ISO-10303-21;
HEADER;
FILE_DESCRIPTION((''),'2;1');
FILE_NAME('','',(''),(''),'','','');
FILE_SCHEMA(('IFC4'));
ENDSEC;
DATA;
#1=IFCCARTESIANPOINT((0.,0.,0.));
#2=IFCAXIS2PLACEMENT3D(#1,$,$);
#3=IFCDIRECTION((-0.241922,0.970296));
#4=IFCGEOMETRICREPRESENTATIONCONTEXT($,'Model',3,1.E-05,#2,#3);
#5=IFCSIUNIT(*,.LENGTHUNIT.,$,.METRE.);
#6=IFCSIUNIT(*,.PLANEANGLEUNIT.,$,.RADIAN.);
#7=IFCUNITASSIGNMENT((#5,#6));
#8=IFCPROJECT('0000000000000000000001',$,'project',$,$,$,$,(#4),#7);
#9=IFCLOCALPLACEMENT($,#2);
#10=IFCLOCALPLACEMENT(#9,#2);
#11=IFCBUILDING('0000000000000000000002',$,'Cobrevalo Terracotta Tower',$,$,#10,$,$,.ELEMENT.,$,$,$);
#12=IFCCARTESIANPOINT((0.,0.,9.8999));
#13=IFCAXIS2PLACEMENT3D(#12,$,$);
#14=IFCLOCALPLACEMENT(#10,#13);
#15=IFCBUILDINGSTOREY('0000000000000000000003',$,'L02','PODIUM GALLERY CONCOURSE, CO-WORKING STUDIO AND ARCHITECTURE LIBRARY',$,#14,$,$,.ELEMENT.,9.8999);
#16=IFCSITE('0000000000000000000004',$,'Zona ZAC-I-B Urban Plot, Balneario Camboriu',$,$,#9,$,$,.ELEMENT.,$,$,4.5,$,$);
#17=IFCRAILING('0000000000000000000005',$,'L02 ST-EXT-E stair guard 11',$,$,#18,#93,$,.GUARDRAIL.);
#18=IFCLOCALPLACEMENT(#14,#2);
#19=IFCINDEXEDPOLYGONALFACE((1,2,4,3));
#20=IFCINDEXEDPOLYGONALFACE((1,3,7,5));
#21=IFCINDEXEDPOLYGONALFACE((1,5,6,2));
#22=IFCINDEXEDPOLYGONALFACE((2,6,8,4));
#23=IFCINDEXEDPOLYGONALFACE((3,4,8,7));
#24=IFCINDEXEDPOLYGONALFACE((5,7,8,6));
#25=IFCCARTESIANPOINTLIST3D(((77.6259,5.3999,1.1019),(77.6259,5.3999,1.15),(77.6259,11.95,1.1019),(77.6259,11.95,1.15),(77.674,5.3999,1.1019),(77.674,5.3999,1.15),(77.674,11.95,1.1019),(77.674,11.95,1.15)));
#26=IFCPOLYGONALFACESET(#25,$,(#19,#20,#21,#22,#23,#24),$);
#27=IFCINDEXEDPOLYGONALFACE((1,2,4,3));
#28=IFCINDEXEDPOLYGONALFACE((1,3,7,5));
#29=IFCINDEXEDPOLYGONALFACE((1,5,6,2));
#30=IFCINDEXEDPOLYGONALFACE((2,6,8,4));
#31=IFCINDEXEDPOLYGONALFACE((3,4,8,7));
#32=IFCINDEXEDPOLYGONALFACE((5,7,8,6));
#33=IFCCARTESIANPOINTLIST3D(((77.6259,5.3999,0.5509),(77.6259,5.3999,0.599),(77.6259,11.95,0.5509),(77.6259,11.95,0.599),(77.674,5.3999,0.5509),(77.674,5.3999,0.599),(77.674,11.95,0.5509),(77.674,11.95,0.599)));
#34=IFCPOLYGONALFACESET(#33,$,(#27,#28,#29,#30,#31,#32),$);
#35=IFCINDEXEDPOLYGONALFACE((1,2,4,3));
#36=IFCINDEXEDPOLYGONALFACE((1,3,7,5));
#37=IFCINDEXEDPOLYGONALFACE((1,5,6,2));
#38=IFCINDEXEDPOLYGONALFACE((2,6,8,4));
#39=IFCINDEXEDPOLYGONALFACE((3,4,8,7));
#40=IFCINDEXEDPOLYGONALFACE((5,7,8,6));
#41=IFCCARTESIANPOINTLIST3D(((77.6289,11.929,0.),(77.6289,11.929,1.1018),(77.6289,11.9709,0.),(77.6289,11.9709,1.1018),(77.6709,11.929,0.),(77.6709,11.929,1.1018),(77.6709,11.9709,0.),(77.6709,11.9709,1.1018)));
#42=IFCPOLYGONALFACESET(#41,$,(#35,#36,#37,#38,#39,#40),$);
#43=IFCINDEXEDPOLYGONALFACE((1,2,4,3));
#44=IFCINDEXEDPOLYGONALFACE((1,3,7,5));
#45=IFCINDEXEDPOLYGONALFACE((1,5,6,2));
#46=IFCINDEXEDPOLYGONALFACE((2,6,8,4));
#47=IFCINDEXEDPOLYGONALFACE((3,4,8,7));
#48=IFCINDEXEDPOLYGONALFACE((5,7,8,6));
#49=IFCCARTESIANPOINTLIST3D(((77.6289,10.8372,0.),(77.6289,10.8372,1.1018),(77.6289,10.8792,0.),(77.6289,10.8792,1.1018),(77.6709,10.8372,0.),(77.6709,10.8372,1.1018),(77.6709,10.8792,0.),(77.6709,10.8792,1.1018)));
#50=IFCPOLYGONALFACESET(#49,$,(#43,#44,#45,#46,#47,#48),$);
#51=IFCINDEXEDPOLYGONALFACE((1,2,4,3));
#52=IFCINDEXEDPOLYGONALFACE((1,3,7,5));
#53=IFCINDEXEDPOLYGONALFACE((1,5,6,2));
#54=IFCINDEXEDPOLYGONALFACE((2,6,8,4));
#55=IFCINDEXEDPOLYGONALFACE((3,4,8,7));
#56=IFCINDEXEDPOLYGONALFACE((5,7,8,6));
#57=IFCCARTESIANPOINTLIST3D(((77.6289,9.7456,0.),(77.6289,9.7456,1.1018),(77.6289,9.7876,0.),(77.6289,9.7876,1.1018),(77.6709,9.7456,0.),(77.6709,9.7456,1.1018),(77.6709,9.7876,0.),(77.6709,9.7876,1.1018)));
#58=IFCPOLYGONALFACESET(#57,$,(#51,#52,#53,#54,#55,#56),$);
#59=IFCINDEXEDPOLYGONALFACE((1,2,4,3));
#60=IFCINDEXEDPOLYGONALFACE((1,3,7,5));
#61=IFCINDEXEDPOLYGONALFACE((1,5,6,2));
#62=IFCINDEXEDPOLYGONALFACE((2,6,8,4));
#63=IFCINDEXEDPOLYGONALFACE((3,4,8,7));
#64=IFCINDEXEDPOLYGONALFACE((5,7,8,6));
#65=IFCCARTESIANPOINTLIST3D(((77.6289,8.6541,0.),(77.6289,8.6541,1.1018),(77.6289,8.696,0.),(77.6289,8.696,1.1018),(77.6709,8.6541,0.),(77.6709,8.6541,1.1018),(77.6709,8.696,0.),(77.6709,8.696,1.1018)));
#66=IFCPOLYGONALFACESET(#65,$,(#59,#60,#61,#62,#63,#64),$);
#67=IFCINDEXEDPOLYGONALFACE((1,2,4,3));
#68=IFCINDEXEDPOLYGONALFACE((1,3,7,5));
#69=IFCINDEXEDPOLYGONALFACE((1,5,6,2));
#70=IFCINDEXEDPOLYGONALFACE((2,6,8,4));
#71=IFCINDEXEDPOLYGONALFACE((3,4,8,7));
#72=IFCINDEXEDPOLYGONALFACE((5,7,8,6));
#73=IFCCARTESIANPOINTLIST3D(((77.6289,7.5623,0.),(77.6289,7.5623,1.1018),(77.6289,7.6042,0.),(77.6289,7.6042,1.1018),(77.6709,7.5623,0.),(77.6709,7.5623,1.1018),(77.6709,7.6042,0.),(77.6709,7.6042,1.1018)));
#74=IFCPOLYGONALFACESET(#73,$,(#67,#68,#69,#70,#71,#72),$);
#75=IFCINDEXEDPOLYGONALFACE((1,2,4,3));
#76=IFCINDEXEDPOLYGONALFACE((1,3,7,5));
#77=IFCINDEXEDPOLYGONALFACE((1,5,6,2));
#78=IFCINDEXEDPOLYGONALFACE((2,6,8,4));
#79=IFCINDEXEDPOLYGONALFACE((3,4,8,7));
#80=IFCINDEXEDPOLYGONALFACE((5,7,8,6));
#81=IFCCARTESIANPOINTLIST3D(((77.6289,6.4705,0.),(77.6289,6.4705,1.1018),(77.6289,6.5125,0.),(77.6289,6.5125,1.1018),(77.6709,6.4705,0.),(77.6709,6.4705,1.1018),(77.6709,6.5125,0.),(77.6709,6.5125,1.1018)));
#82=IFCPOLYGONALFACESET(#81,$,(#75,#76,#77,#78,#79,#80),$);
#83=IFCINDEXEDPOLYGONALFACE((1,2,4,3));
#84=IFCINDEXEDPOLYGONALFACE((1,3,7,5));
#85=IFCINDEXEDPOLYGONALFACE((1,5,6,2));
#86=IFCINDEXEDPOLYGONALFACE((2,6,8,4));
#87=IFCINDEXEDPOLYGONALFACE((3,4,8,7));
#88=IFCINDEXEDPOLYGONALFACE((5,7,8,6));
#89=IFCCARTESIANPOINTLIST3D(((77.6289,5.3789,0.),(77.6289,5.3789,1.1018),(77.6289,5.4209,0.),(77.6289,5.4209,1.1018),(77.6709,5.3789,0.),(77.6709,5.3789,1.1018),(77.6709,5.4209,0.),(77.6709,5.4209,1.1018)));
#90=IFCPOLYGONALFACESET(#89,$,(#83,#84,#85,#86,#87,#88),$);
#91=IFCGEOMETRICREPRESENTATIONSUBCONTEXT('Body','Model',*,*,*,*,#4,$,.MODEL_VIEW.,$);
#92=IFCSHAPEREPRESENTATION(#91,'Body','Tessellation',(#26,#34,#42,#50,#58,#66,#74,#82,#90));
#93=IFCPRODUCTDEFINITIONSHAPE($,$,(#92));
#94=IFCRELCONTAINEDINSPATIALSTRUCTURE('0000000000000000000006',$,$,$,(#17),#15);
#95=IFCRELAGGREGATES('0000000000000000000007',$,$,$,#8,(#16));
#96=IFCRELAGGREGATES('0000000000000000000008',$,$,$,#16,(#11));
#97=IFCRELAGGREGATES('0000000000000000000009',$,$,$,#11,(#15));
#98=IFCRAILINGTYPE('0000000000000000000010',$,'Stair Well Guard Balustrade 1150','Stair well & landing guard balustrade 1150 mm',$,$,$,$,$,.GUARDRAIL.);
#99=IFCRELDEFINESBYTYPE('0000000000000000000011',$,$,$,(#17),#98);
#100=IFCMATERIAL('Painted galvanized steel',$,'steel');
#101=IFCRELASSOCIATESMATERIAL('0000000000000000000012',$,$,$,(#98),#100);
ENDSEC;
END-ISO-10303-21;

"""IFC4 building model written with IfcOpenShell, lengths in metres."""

from ifc_helpers import new_model, si_unit, direction, frame, origin, origin_2d, place, context, subcontext, project, spatial, rectangle, extrude, material, type_object, element, save


model = new_model("IFC4")

# Units and contexts
model_context = context("Model", 3, precision=1e-05, world=origin(), true_north=direction((-0.241922, 0.970296)))
body_context = subcontext(model_context, "Body", "Model", "MODEL_VIEW")
ifc_project = project(units=[si_unit("LENGTHUNIT", "METRE"), si_unit("PLANEANGLEUNIT", "RADIAN")], contexts=[model_context])

# Site, building, storey
site_placement = place(None, origin())
site = spatial("IfcSite", under=ifc_project, at=site_placement, Name="Zona ZAC-I-B Urban Plot, Balneario Camboriu", CompositionType="ELEMENT", RefElevation=4.5)
building_placement = place(site_placement, origin())
building = spatial("IfcBuilding", under=site, at=building_placement, Name="Cobrevalo Terracotta Tower", CompositionType="ELEMENT")
storey_placement = place(building_placement, frame((0.0, 0.0, 9.8999)))
storey = spatial("IfcBuildingStorey", under=building, at=storey_placement, Name="L02", Description="PODIUM GALLERY CONCOURSE, CO-WORKING STUDIO AND ARCHITECTURE LIBRARY", CompositionType="ELEMENT", Elevation=9.8999)

# Railing
ifc_material_1 = material(Name="Painted galvanized steel", Category="steel")
railing_type_1 = type_object("IfcRailingType", Name="Stair Well Guard Balustrade 1150", Description="Stair well & landing guard balustrade 1150 mm", PredefinedType="GUARDRAIL", material=ifc_material_1)
for number, where, name in (
    (1, (77.6499, 11.95, 0.0), "L02 ST-EXT-E stair guard 11"),
):
    element("IfcRailing", number, at=place(storey_placement, frame(where)), inside=storey, type_object=railing_type_1, Name=name, PredefinedType="GUARDRAIL", context=body_context, shape_type="SweptSolid", body=[
        extrude(rectangle(XDim=0.0481, YDim=0.0481, at=origin_2d()), frame((0.0, 0.0, 1.126), z_axis=(0.0, -1.0, 0.0), x_axis=(1.0, 0.0, 0.0)), (0.0, 0.0, 1.0), 6.55),
        extrude(rectangle(XDim=0.0481, YDim=0.0481, at=origin_2d()), frame((0.0, 0.0, 0.575), z_axis=(0.0, -1.0, 0.0), x_axis=(1.0, 0.0, 0.0)), (0.0, 0.0, 1.0), 6.55),
        extrude(rectangle(XDim=0.042, YDim=0.042, at=origin_2d()), origin(), (0.0, 0.0, 1.0), 1.1018),
        extrude(rectangle(XDim=0.042, YDim=0.042, at=origin_2d()), frame((0.0, -1.0918, 0.0)), (0.0, 0.0, 1.0), 1.1018),
        extrude(rectangle(XDim=0.042, YDim=0.042, at=origin_2d()), frame((0.0, -2.1833, 0.0)), (0.0, 0.0, 1.0), 1.1018),
        extrude(rectangle(XDim=0.042, YDim=0.042, at=origin_2d()), frame((0.0, -3.2749, 0.0)), (0.0, 0.0, 1.0), 1.1018),
        extrude(rectangle(XDim=0.042, YDim=0.042, at=origin_2d()), frame((0.0, -4.3667, 0.0)), (0.0, 0.0, 1.0), 1.1018),
        extrude(rectangle(XDim=0.042, YDim=0.042, at=origin_2d()), frame((0.0, -5.4585, 0.0)), (0.0, 0.0, 1.0), 1.1018),
        extrude(rectangle(XDim=0.042, YDim=0.042, at=origin_2d()), frame((0.0, -6.55, 0.0)), (0.0, 0.0, 1.0), 1.1018),
    ])

save(model, "model.ifc")
